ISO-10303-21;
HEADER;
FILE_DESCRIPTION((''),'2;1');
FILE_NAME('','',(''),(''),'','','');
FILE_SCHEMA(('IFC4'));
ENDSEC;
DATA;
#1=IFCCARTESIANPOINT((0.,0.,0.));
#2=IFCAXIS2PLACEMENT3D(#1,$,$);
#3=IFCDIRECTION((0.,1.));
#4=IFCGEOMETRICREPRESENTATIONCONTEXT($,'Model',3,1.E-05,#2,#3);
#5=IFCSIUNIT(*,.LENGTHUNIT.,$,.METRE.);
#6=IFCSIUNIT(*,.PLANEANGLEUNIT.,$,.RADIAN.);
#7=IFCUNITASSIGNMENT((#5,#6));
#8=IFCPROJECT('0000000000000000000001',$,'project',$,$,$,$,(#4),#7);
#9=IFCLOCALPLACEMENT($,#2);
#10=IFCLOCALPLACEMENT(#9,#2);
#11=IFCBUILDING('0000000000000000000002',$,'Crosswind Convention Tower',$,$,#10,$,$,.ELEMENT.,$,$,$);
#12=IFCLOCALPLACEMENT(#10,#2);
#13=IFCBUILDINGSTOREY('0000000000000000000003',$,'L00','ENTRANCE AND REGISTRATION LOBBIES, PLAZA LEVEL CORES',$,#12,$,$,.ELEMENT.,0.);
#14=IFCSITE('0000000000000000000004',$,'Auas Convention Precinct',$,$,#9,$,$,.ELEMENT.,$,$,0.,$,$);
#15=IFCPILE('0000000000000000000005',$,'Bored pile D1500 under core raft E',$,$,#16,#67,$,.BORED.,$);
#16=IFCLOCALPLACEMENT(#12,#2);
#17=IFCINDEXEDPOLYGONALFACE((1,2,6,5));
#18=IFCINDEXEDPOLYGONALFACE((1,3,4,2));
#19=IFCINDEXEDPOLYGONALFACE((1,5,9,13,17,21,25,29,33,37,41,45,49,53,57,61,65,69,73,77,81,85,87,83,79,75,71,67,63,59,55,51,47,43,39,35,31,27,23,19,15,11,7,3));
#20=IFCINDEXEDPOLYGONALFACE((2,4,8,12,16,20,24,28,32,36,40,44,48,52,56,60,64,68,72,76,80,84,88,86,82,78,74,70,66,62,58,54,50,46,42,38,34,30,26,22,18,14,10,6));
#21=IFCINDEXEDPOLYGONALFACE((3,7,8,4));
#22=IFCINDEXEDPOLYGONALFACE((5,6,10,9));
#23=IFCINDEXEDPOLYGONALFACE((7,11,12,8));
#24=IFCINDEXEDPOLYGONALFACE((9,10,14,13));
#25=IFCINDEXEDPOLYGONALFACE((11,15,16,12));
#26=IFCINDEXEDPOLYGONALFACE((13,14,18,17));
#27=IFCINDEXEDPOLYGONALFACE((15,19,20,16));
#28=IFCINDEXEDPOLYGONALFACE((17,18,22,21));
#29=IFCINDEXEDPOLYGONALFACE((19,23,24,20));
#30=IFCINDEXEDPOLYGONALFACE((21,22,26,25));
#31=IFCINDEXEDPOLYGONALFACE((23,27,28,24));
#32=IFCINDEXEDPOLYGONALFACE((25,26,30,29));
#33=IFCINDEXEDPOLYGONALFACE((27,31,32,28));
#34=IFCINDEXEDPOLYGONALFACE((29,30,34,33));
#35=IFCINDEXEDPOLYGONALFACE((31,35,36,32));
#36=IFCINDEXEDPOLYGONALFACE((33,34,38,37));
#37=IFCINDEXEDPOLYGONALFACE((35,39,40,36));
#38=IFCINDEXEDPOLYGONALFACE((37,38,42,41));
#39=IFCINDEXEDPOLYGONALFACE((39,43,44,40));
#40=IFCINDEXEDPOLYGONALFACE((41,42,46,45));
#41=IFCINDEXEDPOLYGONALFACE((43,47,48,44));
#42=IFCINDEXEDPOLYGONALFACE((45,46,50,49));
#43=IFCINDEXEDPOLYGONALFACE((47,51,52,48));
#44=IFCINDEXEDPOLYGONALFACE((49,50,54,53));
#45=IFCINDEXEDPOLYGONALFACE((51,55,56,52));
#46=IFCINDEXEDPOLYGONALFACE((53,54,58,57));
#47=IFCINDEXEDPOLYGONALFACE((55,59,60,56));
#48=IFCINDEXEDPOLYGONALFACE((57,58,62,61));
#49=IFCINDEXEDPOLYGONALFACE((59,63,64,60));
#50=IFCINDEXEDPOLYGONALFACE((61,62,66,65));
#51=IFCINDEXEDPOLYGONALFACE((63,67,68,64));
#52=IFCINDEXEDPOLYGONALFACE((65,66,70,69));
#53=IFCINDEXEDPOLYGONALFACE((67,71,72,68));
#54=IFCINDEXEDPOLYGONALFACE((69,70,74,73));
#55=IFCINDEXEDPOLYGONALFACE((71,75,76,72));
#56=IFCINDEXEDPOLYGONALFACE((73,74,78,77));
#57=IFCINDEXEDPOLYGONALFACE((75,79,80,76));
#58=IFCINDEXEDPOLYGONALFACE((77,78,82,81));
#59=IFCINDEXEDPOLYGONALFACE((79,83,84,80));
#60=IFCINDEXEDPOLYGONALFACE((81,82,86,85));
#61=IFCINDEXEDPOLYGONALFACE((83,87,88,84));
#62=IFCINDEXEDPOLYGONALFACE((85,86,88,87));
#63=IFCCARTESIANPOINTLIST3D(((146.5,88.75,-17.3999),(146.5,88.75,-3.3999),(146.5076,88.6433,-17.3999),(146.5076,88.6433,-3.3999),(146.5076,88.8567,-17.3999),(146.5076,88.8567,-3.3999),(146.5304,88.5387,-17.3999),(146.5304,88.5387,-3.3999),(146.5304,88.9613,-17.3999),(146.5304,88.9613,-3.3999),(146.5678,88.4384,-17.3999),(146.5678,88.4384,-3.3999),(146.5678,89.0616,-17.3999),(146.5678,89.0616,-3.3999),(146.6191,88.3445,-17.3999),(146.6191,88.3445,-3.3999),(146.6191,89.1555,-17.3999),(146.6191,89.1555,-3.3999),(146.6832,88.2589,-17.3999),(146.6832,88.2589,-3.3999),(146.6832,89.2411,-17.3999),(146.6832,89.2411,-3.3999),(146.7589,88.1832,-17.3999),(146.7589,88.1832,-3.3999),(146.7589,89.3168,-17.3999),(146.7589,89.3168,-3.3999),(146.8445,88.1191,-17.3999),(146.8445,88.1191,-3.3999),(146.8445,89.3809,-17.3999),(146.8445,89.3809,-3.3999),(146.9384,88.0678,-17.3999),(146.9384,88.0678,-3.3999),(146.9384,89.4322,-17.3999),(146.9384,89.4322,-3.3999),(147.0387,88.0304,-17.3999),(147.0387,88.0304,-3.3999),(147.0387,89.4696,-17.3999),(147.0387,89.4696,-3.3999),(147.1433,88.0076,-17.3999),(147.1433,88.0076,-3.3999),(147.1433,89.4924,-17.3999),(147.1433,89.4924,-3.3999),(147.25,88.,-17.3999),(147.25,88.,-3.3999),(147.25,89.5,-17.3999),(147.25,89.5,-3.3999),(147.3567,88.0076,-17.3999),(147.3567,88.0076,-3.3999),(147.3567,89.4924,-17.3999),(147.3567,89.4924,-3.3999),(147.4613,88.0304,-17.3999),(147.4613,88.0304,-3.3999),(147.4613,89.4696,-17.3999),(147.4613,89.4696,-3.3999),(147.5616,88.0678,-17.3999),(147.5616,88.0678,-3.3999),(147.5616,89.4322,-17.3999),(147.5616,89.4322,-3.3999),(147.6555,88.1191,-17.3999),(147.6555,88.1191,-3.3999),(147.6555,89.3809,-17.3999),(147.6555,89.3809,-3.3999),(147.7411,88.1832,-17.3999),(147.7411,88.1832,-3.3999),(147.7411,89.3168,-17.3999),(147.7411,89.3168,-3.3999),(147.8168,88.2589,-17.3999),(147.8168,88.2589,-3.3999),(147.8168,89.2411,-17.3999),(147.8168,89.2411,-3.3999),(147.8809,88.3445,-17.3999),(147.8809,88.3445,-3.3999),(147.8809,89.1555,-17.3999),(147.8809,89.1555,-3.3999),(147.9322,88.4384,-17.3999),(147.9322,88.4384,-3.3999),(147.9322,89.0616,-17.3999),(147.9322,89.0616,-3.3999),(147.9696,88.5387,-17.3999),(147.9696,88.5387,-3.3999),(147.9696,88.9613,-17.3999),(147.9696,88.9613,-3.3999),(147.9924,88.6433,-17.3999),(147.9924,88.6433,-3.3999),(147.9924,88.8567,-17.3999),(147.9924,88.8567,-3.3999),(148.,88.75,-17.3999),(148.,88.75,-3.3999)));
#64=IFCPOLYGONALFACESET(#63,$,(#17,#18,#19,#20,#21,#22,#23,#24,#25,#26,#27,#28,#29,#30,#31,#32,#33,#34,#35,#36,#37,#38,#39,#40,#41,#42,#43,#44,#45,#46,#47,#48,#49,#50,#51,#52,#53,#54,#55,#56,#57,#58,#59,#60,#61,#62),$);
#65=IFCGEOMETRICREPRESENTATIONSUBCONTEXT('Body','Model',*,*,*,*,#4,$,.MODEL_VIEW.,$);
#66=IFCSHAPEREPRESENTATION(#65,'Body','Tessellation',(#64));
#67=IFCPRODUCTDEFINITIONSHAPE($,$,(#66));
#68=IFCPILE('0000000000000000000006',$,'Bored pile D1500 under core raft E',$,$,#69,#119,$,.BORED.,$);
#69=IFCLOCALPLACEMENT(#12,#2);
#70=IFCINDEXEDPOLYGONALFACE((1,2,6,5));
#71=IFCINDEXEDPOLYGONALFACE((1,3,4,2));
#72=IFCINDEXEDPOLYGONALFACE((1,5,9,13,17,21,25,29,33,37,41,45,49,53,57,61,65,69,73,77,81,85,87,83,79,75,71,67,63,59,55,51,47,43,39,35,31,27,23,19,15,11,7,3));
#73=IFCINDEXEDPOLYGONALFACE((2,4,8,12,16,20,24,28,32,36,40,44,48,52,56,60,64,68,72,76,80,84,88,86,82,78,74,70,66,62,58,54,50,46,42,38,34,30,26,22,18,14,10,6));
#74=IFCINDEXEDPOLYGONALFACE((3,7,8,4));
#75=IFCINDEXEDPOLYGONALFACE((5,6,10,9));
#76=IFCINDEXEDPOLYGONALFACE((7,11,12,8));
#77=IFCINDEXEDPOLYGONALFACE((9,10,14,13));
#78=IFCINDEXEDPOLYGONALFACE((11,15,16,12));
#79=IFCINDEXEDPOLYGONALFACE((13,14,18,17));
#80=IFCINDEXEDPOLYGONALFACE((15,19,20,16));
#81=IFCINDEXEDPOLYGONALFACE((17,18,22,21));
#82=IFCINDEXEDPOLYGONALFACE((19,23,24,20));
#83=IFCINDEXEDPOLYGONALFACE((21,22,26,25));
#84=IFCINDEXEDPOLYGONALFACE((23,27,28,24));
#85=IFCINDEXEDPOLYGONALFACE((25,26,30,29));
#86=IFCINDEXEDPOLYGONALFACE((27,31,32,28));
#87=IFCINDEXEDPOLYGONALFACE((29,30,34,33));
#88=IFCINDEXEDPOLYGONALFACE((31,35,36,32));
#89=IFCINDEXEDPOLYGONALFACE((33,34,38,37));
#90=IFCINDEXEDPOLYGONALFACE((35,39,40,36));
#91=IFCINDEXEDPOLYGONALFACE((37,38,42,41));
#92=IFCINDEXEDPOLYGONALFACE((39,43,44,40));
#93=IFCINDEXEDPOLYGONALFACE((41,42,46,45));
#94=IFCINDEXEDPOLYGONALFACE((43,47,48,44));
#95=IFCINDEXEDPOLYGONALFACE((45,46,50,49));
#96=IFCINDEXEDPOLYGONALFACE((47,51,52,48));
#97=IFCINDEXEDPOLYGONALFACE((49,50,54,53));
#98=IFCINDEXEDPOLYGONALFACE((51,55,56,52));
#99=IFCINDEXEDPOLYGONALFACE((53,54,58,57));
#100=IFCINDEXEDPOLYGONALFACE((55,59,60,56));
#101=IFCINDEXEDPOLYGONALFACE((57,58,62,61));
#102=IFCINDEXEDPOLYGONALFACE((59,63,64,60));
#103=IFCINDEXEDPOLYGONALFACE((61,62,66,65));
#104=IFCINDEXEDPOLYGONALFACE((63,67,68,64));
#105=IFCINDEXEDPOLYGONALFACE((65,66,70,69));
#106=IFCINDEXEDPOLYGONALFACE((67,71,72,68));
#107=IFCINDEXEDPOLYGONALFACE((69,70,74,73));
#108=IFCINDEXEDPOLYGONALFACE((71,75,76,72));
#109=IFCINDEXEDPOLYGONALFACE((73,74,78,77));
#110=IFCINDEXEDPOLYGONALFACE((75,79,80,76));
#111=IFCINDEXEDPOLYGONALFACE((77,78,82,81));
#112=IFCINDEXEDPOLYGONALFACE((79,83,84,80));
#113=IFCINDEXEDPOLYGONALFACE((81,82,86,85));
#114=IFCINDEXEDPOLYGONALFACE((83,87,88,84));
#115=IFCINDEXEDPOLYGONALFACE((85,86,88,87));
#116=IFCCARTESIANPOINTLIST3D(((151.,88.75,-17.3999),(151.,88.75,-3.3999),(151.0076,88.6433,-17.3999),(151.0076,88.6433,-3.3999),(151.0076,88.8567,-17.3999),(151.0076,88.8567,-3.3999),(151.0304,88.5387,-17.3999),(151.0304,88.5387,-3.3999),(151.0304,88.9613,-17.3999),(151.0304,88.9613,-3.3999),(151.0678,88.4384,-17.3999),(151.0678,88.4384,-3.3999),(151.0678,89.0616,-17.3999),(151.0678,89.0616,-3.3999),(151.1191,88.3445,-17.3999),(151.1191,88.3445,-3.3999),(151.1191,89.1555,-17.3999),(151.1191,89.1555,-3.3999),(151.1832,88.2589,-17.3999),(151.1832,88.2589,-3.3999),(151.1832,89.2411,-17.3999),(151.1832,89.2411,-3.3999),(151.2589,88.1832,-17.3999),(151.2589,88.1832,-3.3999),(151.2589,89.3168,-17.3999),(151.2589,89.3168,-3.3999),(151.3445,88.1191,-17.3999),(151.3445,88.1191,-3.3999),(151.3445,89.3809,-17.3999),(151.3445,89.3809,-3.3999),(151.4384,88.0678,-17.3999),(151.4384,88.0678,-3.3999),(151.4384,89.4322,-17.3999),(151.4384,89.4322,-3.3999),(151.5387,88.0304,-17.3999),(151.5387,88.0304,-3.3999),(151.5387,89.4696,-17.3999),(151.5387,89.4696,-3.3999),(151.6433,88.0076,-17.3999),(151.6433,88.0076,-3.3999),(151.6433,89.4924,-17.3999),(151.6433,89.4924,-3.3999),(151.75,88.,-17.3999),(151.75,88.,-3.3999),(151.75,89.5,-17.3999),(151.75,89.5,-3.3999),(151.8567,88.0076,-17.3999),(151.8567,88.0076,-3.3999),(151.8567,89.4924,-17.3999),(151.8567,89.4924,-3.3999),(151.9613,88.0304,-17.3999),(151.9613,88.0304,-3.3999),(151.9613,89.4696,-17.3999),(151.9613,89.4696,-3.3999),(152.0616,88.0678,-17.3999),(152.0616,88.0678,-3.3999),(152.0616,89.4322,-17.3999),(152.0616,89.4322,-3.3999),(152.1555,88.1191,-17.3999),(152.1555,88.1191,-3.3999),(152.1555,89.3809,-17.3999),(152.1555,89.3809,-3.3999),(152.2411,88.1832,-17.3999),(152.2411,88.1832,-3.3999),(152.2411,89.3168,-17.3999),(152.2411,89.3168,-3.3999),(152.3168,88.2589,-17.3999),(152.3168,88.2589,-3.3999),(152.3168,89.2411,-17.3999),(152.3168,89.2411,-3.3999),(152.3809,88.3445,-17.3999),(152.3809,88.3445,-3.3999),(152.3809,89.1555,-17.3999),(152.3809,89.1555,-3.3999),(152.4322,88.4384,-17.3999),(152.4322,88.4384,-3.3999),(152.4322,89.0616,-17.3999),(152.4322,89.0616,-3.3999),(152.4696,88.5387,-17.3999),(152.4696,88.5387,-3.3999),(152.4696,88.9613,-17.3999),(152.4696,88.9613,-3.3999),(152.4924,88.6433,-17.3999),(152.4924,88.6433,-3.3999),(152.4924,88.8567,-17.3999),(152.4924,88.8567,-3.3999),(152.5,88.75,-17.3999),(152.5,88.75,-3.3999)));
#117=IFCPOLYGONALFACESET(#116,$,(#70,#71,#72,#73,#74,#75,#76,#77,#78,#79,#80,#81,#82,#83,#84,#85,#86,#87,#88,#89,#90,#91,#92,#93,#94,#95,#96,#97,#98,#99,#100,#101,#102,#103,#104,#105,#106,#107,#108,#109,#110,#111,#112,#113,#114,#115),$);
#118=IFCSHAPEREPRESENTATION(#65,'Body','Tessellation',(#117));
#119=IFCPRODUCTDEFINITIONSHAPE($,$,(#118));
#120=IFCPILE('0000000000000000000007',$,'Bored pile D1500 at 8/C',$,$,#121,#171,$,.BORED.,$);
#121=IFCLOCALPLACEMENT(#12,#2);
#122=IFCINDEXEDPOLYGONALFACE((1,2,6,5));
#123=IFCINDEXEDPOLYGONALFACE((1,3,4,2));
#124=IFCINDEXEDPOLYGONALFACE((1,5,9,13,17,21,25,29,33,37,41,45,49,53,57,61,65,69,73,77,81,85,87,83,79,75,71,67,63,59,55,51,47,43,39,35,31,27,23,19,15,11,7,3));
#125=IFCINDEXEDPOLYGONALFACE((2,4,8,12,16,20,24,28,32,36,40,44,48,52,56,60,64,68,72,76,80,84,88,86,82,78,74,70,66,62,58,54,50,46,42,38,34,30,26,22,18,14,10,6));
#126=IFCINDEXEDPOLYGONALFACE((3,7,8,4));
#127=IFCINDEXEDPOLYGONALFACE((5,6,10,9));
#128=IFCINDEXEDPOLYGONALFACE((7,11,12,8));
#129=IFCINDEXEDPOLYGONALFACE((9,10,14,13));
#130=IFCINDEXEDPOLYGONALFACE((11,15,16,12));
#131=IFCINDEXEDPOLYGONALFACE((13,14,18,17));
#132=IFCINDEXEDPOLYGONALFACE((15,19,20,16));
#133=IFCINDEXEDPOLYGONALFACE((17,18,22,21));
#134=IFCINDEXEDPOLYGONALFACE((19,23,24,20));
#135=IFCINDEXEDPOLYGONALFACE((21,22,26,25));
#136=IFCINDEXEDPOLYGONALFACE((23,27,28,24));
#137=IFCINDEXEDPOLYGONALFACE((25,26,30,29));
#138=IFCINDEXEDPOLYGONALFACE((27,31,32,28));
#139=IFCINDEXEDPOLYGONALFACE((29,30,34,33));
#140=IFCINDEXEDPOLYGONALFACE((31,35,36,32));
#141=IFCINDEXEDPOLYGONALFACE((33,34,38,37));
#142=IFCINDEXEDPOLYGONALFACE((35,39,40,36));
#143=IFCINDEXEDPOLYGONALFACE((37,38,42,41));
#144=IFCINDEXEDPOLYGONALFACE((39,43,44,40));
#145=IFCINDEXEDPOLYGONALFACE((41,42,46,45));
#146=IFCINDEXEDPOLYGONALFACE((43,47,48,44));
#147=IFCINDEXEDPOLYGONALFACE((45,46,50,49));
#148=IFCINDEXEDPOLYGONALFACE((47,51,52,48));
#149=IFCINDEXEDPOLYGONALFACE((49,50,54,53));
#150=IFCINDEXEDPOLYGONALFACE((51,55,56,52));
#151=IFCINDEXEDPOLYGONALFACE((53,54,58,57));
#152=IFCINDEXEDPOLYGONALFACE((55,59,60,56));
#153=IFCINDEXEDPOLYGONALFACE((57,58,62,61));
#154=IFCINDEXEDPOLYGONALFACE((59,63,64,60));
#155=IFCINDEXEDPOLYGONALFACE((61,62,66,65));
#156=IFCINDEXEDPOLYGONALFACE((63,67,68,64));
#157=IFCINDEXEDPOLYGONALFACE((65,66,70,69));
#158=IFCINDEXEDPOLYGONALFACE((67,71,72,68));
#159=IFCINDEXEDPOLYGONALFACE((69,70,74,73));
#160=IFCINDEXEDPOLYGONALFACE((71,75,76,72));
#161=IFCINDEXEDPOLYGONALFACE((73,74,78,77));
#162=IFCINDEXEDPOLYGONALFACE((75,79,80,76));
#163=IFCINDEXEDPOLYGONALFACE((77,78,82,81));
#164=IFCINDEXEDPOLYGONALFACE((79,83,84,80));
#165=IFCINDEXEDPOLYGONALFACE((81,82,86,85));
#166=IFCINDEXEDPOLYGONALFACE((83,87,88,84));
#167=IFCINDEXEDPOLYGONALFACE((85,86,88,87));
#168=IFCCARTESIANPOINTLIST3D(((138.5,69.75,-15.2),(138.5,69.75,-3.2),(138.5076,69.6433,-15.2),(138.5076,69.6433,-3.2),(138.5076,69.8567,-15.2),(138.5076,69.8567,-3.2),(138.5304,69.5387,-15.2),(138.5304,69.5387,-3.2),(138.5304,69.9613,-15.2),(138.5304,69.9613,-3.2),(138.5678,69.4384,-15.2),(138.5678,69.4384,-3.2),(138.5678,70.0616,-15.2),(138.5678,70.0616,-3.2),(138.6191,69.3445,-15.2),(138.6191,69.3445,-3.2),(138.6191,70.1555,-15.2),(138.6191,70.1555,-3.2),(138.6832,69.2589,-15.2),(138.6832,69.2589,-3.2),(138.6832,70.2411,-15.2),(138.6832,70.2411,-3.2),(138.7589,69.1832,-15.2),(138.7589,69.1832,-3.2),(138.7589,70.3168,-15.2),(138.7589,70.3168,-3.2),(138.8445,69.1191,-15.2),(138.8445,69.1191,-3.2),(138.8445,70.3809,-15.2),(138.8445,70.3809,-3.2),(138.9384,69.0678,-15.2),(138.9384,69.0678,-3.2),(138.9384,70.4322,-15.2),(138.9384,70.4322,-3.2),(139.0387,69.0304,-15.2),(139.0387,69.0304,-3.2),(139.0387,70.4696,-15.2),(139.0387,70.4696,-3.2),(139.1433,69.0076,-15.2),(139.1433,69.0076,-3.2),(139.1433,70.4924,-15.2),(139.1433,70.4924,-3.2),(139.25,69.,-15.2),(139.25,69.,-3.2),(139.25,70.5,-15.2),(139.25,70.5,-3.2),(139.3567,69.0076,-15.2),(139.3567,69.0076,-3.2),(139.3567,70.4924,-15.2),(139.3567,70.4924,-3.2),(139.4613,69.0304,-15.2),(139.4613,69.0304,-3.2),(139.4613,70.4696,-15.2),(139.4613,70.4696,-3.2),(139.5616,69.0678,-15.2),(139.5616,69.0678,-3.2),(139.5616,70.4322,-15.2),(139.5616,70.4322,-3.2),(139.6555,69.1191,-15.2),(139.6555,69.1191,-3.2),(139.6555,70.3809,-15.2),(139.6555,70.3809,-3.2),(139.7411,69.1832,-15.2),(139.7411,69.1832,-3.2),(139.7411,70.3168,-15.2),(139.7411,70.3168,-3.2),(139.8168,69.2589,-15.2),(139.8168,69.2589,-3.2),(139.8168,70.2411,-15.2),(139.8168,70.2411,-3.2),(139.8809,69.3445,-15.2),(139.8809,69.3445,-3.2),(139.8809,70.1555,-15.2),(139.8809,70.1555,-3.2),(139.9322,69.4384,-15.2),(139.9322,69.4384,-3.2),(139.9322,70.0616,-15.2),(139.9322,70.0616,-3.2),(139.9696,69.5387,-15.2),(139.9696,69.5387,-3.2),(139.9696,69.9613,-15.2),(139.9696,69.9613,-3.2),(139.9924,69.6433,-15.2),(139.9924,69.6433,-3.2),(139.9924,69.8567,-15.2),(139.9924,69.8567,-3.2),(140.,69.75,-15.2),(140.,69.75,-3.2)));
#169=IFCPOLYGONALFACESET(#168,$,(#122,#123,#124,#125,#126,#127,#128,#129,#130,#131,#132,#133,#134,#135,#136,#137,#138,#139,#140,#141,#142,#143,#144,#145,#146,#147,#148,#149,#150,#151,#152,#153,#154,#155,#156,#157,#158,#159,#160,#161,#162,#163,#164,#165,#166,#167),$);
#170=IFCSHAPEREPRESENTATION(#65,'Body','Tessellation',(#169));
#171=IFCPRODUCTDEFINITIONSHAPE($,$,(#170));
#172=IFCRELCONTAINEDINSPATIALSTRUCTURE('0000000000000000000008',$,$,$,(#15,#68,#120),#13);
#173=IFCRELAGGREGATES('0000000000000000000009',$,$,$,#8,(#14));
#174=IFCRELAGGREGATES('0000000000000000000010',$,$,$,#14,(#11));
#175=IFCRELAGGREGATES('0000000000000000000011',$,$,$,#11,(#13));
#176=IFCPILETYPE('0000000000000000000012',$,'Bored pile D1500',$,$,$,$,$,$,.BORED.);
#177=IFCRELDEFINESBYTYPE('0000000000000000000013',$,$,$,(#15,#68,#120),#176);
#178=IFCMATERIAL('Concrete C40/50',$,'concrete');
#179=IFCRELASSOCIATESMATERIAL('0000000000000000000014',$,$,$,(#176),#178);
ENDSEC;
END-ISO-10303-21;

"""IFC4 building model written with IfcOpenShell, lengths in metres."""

from ifc_helpers import new_model, si_unit, direction, frame, origin, origin_2d, place, context, subcontext, project, spatial, circle, extrude, material, material_profile, profile_set, type_object, element, save


model = new_model("IFC4")

# Units and contexts
model_context = context("Model", 3, precision=1e-05, world=origin(), true_north=direction((0.0, 1.0)))
body_context = subcontext(model_context, "Body", "Model", "MODEL_VIEW")
ifc_project = project(units=[si_unit("LENGTHUNIT", "METRE"), si_unit("PLANEANGLEUNIT", "RADIAN")], contexts=[model_context])

# Site, building, storey
site_placement = place(None, origin())
site = spatial("IfcSite", under=ifc_project, at=site_placement, Name="Auas Convention Precinct", CompositionType="ELEMENT", RefElevation=0.0)
building_placement = place(site_placement, origin())
building = spatial("IfcBuilding", under=site, at=building_placement, Name="Crosswind Convention Tower", CompositionType="ELEMENT")
storey_placement = place(building_placement, origin())
storey = spatial("IfcBuildingStorey", under=building, at=storey_placement, Name="L00", Description="ENTRANCE AND REGISTRATION LOBBIES, PLAZA LEVEL CORES", CompositionType="ELEMENT", Elevation=0.0)

# Piles
ifc_material_1 = material(Name="Concrete C40/50", Category="concrete")
ifc_material_profile_1 = material_profile(ifc_material_1, circle(Radius=0.75, at=origin_2d()), Name="Bored pile D1500")
ifc_profile_set_1 = profile_set([ifc_material_profile_1], Name="Concrete C40/50")
pile_type_1 = type_object("IfcPileType", Name="Bored pile D1500", PredefinedType="BORED", material=ifc_profile_set_1)
for number, where, z_axis, x_axis, name in (
    (1, (147.25, 88.75, -3.3999), (0.0, 0.0, -1.0), (1.0, 0.0, 0.0), "Bored pile D1500 under core raft E"),
    (2, (151.75, 88.75, -3.3999), (0.0, 0.0, -1.0), (1.0, 0.0, 0.0), "Bored pile D1500 under core raft E"),
):
    element("IfcPile", number, at=place(storey_placement, frame(where, z_axis=z_axis, x_axis=x_axis)), inside=storey, type_object=pile_type_1, Name=name, PredefinedType="BORED", context=body_context, shape_type="SweptSolid", body=[
        extrude(circle(Radius=0.75, at=origin_2d()), origin(), (0.0, 0.0, 1.0), 14.0),
    ])
for number, where, z_axis, x_axis, name in (
    (3, (139.25, 69.75, -3.2), (0.0, 0.0, -1.0), (1.0, 0.0, 0.0), "Bored pile D1500 at 8/C"),
):
    element("IfcPile", number, at=place(storey_placement, frame(where, z_axis=z_axis, x_axis=x_axis)), inside=storey, type_object=pile_type_1, Name=name, PredefinedType="BORED", context=body_context, shape_type="SweptSolid", body=[
        extrude(circle(Radius=0.75, at=origin_2d()), origin(), (0.0, 0.0, 1.0), 12.0),
    ])

save(model, "model.ifc")
